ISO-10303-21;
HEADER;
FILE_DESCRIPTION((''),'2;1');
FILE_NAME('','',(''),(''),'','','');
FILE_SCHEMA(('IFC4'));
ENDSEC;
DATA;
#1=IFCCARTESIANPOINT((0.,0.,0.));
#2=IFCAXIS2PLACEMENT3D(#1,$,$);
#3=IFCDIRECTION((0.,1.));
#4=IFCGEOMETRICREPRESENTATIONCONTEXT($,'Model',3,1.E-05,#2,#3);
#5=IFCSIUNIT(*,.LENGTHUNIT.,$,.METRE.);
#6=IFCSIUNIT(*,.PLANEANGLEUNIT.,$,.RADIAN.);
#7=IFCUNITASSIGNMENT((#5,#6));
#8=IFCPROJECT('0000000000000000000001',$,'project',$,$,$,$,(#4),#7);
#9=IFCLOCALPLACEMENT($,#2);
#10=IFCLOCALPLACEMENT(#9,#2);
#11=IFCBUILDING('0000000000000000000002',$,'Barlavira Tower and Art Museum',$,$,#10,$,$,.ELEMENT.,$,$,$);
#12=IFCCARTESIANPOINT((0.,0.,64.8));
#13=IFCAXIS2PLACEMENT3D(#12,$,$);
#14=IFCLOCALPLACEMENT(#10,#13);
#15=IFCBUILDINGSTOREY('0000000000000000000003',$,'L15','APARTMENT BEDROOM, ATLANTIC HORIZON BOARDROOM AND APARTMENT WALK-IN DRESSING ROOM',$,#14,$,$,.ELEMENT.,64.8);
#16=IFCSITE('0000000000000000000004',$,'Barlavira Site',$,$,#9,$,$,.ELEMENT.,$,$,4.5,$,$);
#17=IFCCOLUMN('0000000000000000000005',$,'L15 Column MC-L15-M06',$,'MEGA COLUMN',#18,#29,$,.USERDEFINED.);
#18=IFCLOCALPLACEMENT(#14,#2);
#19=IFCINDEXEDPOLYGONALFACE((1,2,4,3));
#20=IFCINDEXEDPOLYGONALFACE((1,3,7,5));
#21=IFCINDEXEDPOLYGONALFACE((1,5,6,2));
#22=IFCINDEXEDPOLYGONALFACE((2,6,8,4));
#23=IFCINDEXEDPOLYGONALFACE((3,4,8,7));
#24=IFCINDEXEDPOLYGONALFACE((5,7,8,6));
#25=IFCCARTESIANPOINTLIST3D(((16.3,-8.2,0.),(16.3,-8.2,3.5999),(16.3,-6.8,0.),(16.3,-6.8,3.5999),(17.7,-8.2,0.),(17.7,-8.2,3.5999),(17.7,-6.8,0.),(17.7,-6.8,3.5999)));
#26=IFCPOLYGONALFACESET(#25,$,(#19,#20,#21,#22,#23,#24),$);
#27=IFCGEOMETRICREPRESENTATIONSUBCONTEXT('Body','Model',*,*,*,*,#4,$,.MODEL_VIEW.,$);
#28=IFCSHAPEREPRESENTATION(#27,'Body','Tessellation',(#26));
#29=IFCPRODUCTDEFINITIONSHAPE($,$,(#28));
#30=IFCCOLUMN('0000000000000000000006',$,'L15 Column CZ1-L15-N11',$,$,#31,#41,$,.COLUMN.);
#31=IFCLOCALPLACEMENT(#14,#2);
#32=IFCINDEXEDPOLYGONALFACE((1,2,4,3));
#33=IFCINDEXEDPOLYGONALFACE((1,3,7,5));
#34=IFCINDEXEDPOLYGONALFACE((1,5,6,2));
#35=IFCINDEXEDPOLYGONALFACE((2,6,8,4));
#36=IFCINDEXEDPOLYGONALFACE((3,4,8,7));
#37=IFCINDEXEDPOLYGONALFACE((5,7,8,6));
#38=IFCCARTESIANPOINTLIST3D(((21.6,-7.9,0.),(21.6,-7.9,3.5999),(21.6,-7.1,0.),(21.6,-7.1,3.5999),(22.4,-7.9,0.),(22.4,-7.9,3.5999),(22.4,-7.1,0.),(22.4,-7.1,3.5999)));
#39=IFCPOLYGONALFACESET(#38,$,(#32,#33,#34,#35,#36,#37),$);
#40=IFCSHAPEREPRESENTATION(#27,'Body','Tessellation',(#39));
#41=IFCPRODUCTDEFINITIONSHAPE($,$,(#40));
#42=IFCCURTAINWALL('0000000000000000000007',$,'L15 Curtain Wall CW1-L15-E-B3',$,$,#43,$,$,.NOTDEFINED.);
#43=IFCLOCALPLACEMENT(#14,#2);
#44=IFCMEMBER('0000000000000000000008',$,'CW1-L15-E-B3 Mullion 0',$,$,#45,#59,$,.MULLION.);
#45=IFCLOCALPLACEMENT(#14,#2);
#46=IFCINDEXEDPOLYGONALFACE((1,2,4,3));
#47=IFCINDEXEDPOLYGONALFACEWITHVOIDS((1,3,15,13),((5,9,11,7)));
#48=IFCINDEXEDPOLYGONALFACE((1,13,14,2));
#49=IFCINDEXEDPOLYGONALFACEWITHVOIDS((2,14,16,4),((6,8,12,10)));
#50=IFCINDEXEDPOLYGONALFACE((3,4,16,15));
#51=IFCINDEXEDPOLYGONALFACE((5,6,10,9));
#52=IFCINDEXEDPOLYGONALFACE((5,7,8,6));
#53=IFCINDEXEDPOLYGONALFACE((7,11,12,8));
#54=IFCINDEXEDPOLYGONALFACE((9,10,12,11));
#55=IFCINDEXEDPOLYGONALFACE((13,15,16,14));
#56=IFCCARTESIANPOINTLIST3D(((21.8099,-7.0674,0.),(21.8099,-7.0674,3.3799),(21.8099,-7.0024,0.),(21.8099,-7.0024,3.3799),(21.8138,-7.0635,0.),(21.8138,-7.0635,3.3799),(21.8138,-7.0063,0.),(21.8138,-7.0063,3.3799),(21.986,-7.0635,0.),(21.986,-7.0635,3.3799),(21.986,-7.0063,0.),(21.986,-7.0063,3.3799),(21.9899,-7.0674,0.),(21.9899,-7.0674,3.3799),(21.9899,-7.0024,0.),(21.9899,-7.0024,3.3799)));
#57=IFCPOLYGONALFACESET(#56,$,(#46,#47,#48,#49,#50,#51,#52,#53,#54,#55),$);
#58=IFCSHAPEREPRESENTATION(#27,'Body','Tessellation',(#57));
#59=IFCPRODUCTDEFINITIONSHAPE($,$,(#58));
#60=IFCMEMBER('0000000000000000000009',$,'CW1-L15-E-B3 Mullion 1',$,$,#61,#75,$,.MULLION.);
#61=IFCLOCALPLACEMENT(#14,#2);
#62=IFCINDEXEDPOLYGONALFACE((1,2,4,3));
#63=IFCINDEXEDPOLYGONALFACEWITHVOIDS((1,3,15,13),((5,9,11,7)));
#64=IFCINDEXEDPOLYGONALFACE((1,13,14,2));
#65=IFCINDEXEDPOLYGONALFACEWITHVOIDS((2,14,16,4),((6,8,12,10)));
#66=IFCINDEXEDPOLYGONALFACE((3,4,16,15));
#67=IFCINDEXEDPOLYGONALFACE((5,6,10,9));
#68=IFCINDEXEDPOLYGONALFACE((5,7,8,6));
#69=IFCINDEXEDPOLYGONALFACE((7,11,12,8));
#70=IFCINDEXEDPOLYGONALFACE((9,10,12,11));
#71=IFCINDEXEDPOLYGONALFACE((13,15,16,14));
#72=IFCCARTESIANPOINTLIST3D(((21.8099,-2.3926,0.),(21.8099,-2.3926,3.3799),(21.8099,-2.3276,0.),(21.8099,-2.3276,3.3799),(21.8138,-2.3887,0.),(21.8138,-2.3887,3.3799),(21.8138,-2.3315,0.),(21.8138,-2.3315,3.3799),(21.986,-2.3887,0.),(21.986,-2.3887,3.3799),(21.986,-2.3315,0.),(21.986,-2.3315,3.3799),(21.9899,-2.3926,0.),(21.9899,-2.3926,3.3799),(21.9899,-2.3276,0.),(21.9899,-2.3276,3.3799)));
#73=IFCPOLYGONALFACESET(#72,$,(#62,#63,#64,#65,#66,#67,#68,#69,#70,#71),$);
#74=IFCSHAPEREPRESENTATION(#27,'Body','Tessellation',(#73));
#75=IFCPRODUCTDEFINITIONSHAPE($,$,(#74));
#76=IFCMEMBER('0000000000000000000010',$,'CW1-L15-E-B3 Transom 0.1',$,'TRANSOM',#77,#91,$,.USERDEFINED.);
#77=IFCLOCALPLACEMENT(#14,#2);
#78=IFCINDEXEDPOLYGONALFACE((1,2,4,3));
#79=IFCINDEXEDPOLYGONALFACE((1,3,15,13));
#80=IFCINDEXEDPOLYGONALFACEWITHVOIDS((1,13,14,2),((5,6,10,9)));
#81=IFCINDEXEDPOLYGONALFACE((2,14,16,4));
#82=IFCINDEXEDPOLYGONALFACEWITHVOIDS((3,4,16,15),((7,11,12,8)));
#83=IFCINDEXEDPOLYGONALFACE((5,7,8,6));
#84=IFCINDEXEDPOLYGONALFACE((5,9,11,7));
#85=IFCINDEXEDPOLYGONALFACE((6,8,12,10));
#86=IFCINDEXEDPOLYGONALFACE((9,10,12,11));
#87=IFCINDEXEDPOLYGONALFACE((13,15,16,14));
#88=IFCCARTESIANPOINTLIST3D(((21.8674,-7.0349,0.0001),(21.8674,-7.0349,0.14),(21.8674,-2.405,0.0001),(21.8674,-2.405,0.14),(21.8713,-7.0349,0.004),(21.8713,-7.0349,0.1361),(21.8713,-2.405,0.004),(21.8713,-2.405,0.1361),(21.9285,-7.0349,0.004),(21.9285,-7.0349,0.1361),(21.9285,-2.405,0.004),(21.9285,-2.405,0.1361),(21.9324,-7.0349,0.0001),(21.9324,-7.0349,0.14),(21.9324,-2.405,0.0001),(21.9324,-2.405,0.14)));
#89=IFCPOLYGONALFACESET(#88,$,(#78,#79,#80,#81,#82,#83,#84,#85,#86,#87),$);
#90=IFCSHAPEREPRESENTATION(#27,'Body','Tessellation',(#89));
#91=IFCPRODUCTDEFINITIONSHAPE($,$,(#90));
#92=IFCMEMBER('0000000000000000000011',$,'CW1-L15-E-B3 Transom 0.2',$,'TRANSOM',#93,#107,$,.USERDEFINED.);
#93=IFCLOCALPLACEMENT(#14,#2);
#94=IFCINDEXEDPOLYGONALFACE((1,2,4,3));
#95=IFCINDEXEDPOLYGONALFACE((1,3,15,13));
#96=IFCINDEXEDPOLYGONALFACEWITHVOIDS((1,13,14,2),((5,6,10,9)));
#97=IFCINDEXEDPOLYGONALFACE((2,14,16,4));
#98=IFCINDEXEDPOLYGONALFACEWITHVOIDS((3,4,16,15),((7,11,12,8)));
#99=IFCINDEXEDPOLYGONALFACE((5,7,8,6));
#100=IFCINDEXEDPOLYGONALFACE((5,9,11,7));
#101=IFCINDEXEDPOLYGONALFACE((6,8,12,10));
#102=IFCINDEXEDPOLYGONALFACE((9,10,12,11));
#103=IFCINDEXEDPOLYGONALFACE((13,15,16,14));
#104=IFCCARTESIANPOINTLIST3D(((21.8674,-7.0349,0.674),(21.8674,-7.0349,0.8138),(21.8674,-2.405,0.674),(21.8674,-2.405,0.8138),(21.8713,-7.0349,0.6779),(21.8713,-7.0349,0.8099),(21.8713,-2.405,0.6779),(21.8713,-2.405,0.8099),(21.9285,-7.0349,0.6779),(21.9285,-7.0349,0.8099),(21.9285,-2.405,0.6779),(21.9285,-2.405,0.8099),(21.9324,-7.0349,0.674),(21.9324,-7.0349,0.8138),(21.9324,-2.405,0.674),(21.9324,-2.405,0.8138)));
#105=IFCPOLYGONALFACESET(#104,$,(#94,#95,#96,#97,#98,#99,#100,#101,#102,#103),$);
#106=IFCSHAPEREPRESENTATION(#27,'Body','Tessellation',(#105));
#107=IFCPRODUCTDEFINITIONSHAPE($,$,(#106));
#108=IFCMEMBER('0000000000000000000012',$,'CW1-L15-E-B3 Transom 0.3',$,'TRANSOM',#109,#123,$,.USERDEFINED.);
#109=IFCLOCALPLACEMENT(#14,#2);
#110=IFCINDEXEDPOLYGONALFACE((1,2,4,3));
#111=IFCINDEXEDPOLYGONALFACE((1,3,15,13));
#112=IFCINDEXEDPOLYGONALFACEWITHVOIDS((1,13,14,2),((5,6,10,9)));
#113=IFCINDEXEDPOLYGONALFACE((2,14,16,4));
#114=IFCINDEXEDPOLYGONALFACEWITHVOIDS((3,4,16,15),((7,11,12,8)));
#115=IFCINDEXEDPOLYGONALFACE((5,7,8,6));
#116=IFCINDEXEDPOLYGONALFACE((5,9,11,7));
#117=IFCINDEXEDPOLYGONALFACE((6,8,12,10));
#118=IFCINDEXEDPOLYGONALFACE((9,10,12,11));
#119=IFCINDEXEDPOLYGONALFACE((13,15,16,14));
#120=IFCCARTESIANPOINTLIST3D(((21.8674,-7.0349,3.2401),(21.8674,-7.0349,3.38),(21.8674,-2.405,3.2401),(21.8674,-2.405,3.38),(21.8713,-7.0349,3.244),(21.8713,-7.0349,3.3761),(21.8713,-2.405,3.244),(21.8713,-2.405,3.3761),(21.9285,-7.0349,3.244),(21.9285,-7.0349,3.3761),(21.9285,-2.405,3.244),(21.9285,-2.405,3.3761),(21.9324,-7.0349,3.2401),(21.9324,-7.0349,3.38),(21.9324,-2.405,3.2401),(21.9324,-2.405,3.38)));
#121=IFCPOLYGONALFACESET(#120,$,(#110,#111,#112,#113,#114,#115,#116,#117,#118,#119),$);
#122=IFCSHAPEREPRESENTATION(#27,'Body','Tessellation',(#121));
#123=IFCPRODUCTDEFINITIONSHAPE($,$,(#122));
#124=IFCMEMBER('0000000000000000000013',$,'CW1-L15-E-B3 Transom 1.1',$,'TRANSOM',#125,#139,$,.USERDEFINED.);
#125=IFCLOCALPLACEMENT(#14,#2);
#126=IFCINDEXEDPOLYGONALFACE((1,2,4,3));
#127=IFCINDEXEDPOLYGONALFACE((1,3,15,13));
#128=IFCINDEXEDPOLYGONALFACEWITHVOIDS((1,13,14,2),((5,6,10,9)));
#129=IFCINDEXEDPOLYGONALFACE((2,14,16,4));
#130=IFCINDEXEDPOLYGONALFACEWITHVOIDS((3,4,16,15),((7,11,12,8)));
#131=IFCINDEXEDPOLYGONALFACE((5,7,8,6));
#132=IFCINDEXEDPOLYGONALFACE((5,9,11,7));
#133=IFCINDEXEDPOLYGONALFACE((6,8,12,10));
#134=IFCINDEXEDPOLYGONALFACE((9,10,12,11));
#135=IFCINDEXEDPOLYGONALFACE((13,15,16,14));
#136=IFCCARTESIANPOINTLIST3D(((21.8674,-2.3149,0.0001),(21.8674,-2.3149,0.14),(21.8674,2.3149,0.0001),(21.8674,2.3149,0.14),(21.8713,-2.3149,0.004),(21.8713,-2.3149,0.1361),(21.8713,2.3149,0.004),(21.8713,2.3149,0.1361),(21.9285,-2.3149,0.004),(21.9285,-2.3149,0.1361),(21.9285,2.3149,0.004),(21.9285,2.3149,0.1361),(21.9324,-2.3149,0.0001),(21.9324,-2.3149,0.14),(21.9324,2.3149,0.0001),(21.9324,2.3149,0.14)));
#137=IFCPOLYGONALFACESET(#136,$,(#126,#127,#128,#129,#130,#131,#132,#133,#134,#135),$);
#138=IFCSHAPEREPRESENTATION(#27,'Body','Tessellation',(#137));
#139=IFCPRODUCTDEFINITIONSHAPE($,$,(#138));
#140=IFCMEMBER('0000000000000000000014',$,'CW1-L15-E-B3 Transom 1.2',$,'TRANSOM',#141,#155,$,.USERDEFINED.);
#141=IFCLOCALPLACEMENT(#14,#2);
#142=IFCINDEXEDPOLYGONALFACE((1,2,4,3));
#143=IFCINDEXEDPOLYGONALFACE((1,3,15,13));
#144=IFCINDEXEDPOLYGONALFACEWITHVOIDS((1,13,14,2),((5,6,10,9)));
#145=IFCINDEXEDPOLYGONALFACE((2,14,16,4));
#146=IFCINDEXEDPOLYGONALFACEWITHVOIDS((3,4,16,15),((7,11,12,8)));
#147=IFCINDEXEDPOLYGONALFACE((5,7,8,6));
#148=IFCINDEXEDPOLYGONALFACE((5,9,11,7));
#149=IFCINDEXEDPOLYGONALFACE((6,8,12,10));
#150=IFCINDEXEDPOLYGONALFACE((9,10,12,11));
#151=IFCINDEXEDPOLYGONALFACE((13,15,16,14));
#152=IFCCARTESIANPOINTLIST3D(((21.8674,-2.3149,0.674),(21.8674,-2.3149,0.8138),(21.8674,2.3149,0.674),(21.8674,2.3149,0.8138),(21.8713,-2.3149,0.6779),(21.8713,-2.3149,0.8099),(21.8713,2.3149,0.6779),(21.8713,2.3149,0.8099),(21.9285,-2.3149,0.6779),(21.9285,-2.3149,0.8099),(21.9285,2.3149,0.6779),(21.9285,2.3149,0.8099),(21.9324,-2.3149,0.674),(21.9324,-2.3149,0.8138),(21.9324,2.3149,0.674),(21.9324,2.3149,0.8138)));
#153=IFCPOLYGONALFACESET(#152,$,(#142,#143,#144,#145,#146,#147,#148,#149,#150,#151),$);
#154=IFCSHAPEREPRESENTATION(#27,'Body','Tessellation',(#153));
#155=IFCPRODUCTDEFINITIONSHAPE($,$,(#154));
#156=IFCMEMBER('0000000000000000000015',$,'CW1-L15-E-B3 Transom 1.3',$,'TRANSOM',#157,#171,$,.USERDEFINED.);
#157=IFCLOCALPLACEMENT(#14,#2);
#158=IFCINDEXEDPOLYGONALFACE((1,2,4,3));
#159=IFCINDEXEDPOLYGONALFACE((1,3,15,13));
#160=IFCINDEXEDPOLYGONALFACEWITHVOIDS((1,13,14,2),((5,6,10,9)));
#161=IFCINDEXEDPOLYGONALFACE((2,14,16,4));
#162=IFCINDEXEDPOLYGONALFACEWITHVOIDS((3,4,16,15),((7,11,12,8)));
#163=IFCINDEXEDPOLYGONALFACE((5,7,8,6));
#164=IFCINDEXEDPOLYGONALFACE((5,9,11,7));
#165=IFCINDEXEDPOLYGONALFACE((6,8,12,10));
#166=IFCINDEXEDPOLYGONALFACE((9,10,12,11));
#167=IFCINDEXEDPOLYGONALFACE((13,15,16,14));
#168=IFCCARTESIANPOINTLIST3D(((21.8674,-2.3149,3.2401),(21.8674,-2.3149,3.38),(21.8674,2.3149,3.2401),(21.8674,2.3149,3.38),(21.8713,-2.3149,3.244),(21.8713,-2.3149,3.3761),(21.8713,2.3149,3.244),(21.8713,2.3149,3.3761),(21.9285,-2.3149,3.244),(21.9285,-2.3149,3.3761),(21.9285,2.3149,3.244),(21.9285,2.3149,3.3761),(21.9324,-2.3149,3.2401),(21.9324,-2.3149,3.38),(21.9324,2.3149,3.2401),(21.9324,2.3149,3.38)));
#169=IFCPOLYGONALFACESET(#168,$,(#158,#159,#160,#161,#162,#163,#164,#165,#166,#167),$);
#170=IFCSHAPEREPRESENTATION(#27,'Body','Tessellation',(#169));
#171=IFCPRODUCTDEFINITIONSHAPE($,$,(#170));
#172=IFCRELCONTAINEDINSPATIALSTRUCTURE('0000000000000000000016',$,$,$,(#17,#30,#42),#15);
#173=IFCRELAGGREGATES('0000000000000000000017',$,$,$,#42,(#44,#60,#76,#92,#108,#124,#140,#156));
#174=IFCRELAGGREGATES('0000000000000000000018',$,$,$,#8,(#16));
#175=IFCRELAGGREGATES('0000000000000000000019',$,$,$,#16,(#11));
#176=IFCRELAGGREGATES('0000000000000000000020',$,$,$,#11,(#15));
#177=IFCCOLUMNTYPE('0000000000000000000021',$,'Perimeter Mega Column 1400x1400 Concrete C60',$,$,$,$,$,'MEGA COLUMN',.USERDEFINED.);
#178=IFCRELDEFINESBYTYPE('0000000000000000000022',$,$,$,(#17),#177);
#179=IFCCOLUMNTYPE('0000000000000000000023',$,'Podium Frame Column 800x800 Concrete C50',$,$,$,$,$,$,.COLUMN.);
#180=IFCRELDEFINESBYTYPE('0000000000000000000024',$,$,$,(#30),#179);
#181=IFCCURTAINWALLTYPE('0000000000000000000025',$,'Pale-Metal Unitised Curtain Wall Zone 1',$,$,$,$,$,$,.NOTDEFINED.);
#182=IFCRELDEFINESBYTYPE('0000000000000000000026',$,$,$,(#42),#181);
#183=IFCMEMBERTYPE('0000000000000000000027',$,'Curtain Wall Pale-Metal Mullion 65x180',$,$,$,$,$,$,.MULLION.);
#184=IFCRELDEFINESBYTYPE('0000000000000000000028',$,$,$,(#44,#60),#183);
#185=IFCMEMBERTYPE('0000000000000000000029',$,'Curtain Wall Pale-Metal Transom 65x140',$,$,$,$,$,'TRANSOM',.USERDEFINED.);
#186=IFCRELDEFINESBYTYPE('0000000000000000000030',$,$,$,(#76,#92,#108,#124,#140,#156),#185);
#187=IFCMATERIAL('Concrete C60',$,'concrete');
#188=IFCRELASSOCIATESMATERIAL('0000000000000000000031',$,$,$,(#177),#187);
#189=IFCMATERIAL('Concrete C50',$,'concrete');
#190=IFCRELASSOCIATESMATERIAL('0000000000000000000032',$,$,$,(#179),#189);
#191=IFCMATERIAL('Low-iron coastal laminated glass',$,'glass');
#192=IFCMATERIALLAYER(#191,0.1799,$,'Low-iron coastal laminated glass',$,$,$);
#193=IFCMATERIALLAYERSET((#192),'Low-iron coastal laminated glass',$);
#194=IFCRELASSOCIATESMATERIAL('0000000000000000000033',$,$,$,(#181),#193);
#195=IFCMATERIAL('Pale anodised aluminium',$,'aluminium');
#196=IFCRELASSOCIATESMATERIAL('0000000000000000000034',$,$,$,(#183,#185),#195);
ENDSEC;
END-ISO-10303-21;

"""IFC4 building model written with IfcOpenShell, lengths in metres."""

from ifc_helpers import new_model, si_unit, direction, frame, origin, origin_2d, place, context, subcontext, project, spatial, rectangle, hollow_rectangle, extrude, material, layer, layer_set, material_profile, profile_set, type_object, element, aggregate, save


model = new_model("IFC4")

# Units and contexts
model_context = context("Model", 3, precision=1e-05, world=origin(), true_north=direction((0.0, 1.0)))
body_context = subcontext(model_context, "Body", "Model", "MODEL_VIEW")
ifc_project = project(units=[si_unit("LENGTHUNIT", "METRE"), si_unit("PLANEANGLEUNIT", "RADIAN")], contexts=[model_context])

# Site, building, storey
site_placement = place(None, origin())
site = spatial("IfcSite", under=ifc_project, at=site_placement, Name="Barlavira Site", CompositionType="ELEMENT", RefElevation=4.5)
building_placement = place(site_placement, origin())
building = spatial("IfcBuilding", under=site, at=building_placement, Name="Barlavira Tower and Art Museum", CompositionType="ELEMENT")
storey_placement = place(building_placement, frame((0.0, 0.0, 64.8)))
storey = spatial("IfcBuildingStorey", under=building, at=storey_placement, Name="L15", Description="APARTMENT BEDROOM, ATLANTIC HORIZON BOARDROOM AND APARTMENT WALK-IN DRESSING ROOM", CompositionType="ELEMENT", Elevation=64.8)

# Columns
ifc_material_1 = material(Name="Concrete C60", Category="concrete")
ifc_material_profile_1 = material_profile(ifc_material_1, rectangle(XDim=1.3999, YDim=1.3999, at=origin_2d()), Name="RC-MCOL 1400x1400")
ifc_profile_set_1 = profile_set([ifc_material_profile_1], Name="Concrete C60")
column_type_1 = type_object("IfcColumnType", Name="Perimeter Mega Column 1400x1400 Concrete C60", ElementType="MEGA COLUMN", PredefinedType="USERDEFINED", material=ifc_profile_set_1)
column_1_placement = place(storey_placement, frame((17.0, -7.5, 0.0), z_axis=(0.0, 0.0, 1.0), x_axis=(1.0, 0.0, 0.0)))
element("IfcColumn", 1, at=column_1_placement, inside=storey, type_object=column_type_1, Name="L15 Column MC-L15-M06", ObjectType="MEGA COLUMN", PredefinedType="USERDEFINED", context=body_context, shape_type="SweptSolid", body=[
    extrude(rectangle(XDim=1.3999, YDim=1.3999, at=origin_2d()), origin(), (0.0, 0.0, 1.0), 3.5999),
])
ifc_material_2 = material(Name="Concrete C50", Category="concrete")
ifc_material_profile_2 = material_profile(ifc_material_2, rectangle(XDim=0.8, YDim=0.8, at=origin_2d()), Name="RC-COL 800x800")
ifc_profile_set_2 = profile_set([ifc_material_profile_2], Name="Concrete C50")
column_type_2 = type_object("IfcColumnType", Name="Podium Frame Column 800x800 Concrete C50", PredefinedType="COLUMN", material=ifc_profile_set_2)
column_2_placement = place(storey_placement, frame((22.0, -7.5, 0.0), z_axis=(0.0, 0.0, 1.0), x_axis=(1.0, 0.0, 0.0)))
element("IfcColumn", 2, at=column_2_placement, inside=storey, type_object=column_type_2, Name="L15 Column CZ1-L15-N11", PredefinedType="COLUMN", context=body_context, shape_type="SweptSolid", body=[
    extrude(rectangle(XDim=0.8, YDim=0.8, at=origin_2d()), origin(), (0.0, 0.0, 1.0), 3.5999),
])

# Curtain wall, members
ifc_material_3 = material(Name="Low-iron coastal laminated glass", Category="glass")
ifc_layer_1 = layer(ifc_material_3, 0.1799, Name="Low-iron coastal laminated glass")
ifc_layer_set_1 = layer_set([ifc_layer_1], Name="Low-iron coastal laminated glass")
curtain_wall_type = type_object("IfcCurtainWallType", Name="Pale-Metal Unitised Curtain Wall Zone 1", PredefinedType="NOTDEFINED", material=ifc_layer_set_1)
curtain_wall_placement = place(storey_placement, origin())
curtain_wall = element("IfcCurtainWall", 3, at=curtain_wall_placement, inside=storey, type_object=curtain_wall_type, Name="L15 Curtain Wall CW1-L15-E-B3", PredefinedType="NOTDEFINED")
ifc_material_4 = material(Name="Pale anodised aluminium", Category="aluminium")
ifc_material_profile_3 = material_profile(ifc_material_4, hollow_rectangle(XDim=0.0649, YDim=0.1799, WallThickness=0.0039, at=origin_2d()), Name="ALU-MULL 65x180x4")
ifc_profile_set_3 = profile_set([ifc_material_profile_3], Name="Pale anodised aluminium")
member_type_1 = type_object("IfcMemberType", Name="Curtain Wall Pale-Metal Mullion 65x180", PredefinedType="MULLION", material=ifc_profile_set_3)
member_1_placement = place(storey_placement, frame((21.8999, -7.0349, 0.0), z_axis=(0.0, 0.0, 1.0), x_axis=(0.0, 1.0, 0.0)))
member_1 = element("IfcMember", 4, at=member_1_placement, type_object=member_type_1, Name="CW1-L15-E-B3 Mullion 0", PredefinedType="MULLION", context=body_context, shape_type="SweptSolid", body=[
    extrude(hollow_rectangle(XDim=0.0649, YDim=0.1799, WallThickness=0.0039, at=origin_2d()), origin(), (0.0, 0.0, 1.0), 3.3799),
])
member_2_placement = place(storey_placement, frame((21.8999, -2.3601, 0.0), z_axis=(0.0, 0.0, 1.0), x_axis=(0.0, 1.0, 0.0)))
member_2 = element("IfcMember", 5, at=member_2_placement, type_object=member_type_1, Name="CW1-L15-E-B3 Mullion 1", PredefinedType="MULLION", context=body_context, shape_type="SweptSolid", body=[
    extrude(hollow_rectangle(XDim=0.0649, YDim=0.1799, WallThickness=0.0039, at=origin_2d()), origin(), (0.0, 0.0, 1.0), 3.3799),
])
ifc_material_profile_4 = material_profile(ifc_material_4, hollow_rectangle(XDim=0.0649, YDim=0.1399, WallThickness=0.0039, at=origin_2d()), Name="ALU-TRAN 65x140x4")
ifc_profile_set_4 = profile_set([ifc_material_profile_4], Name="Pale anodised aluminium")
member_type_2 = type_object("IfcMemberType", Name="Curtain Wall Pale-Metal Transom 65x140", ElementType="TRANSOM", PredefinedType="USERDEFINED", material=ifc_profile_set_4)
member_3_placement = place(storey_placement, frame((21.8999, -7.0349, 0.0701), z_axis=(0.0, 1.0, 0.0), x_axis=(-1.0, 0.0, 0.0)))
member_3 = element("IfcMember", 6, at=member_3_placement, type_object=member_type_2, Name="CW1-L15-E-B3 Transom 0.1", ObjectType="TRANSOM", PredefinedType="USERDEFINED", context=body_context, shape_type="SweptSolid", body=[
    extrude(hollow_rectangle(XDim=0.0649, YDim=0.1399, WallThickness=0.0039, at=origin_2d()), origin(), (0.0, 0.0, 1.0), 4.6299),
])
member_4_placement = place(storey_placement, frame((21.8999, -7.0349, 0.7439), z_axis=(0.0, 1.0, 0.0), x_axis=(-1.0, 0.0, 0.0)))
member_4 = element("IfcMember", 7, at=member_4_placement, type_object=member_type_2, Name="CW1-L15-E-B3 Transom 0.2", ObjectType="TRANSOM", PredefinedType="USERDEFINED", context=body_context, shape_type="SweptSolid", body=[
    extrude(hollow_rectangle(XDim=0.0649, YDim=0.1399, WallThickness=0.0039, at=origin_2d()), origin(), (0.0, 0.0, 1.0), 4.6299),
])
member_5_placement = place(storey_placement, frame((21.8999, -7.0349, 3.3101), z_axis=(0.0, 1.0, 0.0), x_axis=(-1.0, 0.0, 0.0)))
member_5 = element("IfcMember", 8, at=member_5_placement, type_object=member_type_2, Name="CW1-L15-E-B3 Transom 0.3", ObjectType="TRANSOM", PredefinedType="USERDEFINED", context=body_context, shape_type="SweptSolid", body=[
    extrude(hollow_rectangle(XDim=0.0649, YDim=0.1399, WallThickness=0.0039, at=origin_2d()), origin(), (0.0, 0.0, 1.0), 4.6299),
])
member_6_placement = place(storey_placement, frame((21.8999, -2.3149, 0.0701), z_axis=(0.0, 1.0, 0.0), x_axis=(-1.0, 0.0, 0.0)))
member_6 = element("IfcMember", 9, at=member_6_placement, type_object=member_type_2, Name="CW1-L15-E-B3 Transom 1.1", ObjectType="TRANSOM", PredefinedType="USERDEFINED", context=body_context, shape_type="SweptSolid", body=[
    extrude(hollow_rectangle(XDim=0.0649, YDim=0.1399, WallThickness=0.0039, at=origin_2d()), origin(), (0.0, 0.0, 1.0), 4.6299),
])
member_7_placement = place(storey_placement, frame((21.8999, -2.3149, 0.7439), z_axis=(0.0, 1.0, 0.0), x_axis=(-1.0, 0.0, 0.0)))
member_7 = element("IfcMember", 10, at=member_7_placement, type_object=member_type_2, Name="CW1-L15-E-B3 Transom 1.2", ObjectType="TRANSOM", PredefinedType="USERDEFINED", context=body_context, shape_type="SweptSolid", body=[
    extrude(hollow_rectangle(XDim=0.0649, YDim=0.1399, WallThickness=0.0039, at=origin_2d()), origin(), (0.0, 0.0, 1.0), 4.6299),
])
member_8_placement = place(storey_placement, frame((21.8999, -2.3149, 3.3101), z_axis=(0.0, 1.0, 0.0), x_axis=(-1.0, 0.0, 0.0)))
member_8 = element("IfcMember", 11, at=member_8_placement, type_object=member_type_2, Name="CW1-L15-E-B3 Transom 1.3", ObjectType="TRANSOM", PredefinedType="USERDEFINED", context=body_context, shape_type="SweptSolid", body=[
    extrude(hollow_rectangle(XDim=0.0649, YDim=0.1399, WallThickness=0.0039, at=origin_2d()), origin(), (0.0, 0.0, 1.0), 4.6299),
])

aggregate(curtain_wall, [member_1, member_2, member_3, member_4, member_5, member_6, member_7, member_8])

save(model, "model.ifc")
